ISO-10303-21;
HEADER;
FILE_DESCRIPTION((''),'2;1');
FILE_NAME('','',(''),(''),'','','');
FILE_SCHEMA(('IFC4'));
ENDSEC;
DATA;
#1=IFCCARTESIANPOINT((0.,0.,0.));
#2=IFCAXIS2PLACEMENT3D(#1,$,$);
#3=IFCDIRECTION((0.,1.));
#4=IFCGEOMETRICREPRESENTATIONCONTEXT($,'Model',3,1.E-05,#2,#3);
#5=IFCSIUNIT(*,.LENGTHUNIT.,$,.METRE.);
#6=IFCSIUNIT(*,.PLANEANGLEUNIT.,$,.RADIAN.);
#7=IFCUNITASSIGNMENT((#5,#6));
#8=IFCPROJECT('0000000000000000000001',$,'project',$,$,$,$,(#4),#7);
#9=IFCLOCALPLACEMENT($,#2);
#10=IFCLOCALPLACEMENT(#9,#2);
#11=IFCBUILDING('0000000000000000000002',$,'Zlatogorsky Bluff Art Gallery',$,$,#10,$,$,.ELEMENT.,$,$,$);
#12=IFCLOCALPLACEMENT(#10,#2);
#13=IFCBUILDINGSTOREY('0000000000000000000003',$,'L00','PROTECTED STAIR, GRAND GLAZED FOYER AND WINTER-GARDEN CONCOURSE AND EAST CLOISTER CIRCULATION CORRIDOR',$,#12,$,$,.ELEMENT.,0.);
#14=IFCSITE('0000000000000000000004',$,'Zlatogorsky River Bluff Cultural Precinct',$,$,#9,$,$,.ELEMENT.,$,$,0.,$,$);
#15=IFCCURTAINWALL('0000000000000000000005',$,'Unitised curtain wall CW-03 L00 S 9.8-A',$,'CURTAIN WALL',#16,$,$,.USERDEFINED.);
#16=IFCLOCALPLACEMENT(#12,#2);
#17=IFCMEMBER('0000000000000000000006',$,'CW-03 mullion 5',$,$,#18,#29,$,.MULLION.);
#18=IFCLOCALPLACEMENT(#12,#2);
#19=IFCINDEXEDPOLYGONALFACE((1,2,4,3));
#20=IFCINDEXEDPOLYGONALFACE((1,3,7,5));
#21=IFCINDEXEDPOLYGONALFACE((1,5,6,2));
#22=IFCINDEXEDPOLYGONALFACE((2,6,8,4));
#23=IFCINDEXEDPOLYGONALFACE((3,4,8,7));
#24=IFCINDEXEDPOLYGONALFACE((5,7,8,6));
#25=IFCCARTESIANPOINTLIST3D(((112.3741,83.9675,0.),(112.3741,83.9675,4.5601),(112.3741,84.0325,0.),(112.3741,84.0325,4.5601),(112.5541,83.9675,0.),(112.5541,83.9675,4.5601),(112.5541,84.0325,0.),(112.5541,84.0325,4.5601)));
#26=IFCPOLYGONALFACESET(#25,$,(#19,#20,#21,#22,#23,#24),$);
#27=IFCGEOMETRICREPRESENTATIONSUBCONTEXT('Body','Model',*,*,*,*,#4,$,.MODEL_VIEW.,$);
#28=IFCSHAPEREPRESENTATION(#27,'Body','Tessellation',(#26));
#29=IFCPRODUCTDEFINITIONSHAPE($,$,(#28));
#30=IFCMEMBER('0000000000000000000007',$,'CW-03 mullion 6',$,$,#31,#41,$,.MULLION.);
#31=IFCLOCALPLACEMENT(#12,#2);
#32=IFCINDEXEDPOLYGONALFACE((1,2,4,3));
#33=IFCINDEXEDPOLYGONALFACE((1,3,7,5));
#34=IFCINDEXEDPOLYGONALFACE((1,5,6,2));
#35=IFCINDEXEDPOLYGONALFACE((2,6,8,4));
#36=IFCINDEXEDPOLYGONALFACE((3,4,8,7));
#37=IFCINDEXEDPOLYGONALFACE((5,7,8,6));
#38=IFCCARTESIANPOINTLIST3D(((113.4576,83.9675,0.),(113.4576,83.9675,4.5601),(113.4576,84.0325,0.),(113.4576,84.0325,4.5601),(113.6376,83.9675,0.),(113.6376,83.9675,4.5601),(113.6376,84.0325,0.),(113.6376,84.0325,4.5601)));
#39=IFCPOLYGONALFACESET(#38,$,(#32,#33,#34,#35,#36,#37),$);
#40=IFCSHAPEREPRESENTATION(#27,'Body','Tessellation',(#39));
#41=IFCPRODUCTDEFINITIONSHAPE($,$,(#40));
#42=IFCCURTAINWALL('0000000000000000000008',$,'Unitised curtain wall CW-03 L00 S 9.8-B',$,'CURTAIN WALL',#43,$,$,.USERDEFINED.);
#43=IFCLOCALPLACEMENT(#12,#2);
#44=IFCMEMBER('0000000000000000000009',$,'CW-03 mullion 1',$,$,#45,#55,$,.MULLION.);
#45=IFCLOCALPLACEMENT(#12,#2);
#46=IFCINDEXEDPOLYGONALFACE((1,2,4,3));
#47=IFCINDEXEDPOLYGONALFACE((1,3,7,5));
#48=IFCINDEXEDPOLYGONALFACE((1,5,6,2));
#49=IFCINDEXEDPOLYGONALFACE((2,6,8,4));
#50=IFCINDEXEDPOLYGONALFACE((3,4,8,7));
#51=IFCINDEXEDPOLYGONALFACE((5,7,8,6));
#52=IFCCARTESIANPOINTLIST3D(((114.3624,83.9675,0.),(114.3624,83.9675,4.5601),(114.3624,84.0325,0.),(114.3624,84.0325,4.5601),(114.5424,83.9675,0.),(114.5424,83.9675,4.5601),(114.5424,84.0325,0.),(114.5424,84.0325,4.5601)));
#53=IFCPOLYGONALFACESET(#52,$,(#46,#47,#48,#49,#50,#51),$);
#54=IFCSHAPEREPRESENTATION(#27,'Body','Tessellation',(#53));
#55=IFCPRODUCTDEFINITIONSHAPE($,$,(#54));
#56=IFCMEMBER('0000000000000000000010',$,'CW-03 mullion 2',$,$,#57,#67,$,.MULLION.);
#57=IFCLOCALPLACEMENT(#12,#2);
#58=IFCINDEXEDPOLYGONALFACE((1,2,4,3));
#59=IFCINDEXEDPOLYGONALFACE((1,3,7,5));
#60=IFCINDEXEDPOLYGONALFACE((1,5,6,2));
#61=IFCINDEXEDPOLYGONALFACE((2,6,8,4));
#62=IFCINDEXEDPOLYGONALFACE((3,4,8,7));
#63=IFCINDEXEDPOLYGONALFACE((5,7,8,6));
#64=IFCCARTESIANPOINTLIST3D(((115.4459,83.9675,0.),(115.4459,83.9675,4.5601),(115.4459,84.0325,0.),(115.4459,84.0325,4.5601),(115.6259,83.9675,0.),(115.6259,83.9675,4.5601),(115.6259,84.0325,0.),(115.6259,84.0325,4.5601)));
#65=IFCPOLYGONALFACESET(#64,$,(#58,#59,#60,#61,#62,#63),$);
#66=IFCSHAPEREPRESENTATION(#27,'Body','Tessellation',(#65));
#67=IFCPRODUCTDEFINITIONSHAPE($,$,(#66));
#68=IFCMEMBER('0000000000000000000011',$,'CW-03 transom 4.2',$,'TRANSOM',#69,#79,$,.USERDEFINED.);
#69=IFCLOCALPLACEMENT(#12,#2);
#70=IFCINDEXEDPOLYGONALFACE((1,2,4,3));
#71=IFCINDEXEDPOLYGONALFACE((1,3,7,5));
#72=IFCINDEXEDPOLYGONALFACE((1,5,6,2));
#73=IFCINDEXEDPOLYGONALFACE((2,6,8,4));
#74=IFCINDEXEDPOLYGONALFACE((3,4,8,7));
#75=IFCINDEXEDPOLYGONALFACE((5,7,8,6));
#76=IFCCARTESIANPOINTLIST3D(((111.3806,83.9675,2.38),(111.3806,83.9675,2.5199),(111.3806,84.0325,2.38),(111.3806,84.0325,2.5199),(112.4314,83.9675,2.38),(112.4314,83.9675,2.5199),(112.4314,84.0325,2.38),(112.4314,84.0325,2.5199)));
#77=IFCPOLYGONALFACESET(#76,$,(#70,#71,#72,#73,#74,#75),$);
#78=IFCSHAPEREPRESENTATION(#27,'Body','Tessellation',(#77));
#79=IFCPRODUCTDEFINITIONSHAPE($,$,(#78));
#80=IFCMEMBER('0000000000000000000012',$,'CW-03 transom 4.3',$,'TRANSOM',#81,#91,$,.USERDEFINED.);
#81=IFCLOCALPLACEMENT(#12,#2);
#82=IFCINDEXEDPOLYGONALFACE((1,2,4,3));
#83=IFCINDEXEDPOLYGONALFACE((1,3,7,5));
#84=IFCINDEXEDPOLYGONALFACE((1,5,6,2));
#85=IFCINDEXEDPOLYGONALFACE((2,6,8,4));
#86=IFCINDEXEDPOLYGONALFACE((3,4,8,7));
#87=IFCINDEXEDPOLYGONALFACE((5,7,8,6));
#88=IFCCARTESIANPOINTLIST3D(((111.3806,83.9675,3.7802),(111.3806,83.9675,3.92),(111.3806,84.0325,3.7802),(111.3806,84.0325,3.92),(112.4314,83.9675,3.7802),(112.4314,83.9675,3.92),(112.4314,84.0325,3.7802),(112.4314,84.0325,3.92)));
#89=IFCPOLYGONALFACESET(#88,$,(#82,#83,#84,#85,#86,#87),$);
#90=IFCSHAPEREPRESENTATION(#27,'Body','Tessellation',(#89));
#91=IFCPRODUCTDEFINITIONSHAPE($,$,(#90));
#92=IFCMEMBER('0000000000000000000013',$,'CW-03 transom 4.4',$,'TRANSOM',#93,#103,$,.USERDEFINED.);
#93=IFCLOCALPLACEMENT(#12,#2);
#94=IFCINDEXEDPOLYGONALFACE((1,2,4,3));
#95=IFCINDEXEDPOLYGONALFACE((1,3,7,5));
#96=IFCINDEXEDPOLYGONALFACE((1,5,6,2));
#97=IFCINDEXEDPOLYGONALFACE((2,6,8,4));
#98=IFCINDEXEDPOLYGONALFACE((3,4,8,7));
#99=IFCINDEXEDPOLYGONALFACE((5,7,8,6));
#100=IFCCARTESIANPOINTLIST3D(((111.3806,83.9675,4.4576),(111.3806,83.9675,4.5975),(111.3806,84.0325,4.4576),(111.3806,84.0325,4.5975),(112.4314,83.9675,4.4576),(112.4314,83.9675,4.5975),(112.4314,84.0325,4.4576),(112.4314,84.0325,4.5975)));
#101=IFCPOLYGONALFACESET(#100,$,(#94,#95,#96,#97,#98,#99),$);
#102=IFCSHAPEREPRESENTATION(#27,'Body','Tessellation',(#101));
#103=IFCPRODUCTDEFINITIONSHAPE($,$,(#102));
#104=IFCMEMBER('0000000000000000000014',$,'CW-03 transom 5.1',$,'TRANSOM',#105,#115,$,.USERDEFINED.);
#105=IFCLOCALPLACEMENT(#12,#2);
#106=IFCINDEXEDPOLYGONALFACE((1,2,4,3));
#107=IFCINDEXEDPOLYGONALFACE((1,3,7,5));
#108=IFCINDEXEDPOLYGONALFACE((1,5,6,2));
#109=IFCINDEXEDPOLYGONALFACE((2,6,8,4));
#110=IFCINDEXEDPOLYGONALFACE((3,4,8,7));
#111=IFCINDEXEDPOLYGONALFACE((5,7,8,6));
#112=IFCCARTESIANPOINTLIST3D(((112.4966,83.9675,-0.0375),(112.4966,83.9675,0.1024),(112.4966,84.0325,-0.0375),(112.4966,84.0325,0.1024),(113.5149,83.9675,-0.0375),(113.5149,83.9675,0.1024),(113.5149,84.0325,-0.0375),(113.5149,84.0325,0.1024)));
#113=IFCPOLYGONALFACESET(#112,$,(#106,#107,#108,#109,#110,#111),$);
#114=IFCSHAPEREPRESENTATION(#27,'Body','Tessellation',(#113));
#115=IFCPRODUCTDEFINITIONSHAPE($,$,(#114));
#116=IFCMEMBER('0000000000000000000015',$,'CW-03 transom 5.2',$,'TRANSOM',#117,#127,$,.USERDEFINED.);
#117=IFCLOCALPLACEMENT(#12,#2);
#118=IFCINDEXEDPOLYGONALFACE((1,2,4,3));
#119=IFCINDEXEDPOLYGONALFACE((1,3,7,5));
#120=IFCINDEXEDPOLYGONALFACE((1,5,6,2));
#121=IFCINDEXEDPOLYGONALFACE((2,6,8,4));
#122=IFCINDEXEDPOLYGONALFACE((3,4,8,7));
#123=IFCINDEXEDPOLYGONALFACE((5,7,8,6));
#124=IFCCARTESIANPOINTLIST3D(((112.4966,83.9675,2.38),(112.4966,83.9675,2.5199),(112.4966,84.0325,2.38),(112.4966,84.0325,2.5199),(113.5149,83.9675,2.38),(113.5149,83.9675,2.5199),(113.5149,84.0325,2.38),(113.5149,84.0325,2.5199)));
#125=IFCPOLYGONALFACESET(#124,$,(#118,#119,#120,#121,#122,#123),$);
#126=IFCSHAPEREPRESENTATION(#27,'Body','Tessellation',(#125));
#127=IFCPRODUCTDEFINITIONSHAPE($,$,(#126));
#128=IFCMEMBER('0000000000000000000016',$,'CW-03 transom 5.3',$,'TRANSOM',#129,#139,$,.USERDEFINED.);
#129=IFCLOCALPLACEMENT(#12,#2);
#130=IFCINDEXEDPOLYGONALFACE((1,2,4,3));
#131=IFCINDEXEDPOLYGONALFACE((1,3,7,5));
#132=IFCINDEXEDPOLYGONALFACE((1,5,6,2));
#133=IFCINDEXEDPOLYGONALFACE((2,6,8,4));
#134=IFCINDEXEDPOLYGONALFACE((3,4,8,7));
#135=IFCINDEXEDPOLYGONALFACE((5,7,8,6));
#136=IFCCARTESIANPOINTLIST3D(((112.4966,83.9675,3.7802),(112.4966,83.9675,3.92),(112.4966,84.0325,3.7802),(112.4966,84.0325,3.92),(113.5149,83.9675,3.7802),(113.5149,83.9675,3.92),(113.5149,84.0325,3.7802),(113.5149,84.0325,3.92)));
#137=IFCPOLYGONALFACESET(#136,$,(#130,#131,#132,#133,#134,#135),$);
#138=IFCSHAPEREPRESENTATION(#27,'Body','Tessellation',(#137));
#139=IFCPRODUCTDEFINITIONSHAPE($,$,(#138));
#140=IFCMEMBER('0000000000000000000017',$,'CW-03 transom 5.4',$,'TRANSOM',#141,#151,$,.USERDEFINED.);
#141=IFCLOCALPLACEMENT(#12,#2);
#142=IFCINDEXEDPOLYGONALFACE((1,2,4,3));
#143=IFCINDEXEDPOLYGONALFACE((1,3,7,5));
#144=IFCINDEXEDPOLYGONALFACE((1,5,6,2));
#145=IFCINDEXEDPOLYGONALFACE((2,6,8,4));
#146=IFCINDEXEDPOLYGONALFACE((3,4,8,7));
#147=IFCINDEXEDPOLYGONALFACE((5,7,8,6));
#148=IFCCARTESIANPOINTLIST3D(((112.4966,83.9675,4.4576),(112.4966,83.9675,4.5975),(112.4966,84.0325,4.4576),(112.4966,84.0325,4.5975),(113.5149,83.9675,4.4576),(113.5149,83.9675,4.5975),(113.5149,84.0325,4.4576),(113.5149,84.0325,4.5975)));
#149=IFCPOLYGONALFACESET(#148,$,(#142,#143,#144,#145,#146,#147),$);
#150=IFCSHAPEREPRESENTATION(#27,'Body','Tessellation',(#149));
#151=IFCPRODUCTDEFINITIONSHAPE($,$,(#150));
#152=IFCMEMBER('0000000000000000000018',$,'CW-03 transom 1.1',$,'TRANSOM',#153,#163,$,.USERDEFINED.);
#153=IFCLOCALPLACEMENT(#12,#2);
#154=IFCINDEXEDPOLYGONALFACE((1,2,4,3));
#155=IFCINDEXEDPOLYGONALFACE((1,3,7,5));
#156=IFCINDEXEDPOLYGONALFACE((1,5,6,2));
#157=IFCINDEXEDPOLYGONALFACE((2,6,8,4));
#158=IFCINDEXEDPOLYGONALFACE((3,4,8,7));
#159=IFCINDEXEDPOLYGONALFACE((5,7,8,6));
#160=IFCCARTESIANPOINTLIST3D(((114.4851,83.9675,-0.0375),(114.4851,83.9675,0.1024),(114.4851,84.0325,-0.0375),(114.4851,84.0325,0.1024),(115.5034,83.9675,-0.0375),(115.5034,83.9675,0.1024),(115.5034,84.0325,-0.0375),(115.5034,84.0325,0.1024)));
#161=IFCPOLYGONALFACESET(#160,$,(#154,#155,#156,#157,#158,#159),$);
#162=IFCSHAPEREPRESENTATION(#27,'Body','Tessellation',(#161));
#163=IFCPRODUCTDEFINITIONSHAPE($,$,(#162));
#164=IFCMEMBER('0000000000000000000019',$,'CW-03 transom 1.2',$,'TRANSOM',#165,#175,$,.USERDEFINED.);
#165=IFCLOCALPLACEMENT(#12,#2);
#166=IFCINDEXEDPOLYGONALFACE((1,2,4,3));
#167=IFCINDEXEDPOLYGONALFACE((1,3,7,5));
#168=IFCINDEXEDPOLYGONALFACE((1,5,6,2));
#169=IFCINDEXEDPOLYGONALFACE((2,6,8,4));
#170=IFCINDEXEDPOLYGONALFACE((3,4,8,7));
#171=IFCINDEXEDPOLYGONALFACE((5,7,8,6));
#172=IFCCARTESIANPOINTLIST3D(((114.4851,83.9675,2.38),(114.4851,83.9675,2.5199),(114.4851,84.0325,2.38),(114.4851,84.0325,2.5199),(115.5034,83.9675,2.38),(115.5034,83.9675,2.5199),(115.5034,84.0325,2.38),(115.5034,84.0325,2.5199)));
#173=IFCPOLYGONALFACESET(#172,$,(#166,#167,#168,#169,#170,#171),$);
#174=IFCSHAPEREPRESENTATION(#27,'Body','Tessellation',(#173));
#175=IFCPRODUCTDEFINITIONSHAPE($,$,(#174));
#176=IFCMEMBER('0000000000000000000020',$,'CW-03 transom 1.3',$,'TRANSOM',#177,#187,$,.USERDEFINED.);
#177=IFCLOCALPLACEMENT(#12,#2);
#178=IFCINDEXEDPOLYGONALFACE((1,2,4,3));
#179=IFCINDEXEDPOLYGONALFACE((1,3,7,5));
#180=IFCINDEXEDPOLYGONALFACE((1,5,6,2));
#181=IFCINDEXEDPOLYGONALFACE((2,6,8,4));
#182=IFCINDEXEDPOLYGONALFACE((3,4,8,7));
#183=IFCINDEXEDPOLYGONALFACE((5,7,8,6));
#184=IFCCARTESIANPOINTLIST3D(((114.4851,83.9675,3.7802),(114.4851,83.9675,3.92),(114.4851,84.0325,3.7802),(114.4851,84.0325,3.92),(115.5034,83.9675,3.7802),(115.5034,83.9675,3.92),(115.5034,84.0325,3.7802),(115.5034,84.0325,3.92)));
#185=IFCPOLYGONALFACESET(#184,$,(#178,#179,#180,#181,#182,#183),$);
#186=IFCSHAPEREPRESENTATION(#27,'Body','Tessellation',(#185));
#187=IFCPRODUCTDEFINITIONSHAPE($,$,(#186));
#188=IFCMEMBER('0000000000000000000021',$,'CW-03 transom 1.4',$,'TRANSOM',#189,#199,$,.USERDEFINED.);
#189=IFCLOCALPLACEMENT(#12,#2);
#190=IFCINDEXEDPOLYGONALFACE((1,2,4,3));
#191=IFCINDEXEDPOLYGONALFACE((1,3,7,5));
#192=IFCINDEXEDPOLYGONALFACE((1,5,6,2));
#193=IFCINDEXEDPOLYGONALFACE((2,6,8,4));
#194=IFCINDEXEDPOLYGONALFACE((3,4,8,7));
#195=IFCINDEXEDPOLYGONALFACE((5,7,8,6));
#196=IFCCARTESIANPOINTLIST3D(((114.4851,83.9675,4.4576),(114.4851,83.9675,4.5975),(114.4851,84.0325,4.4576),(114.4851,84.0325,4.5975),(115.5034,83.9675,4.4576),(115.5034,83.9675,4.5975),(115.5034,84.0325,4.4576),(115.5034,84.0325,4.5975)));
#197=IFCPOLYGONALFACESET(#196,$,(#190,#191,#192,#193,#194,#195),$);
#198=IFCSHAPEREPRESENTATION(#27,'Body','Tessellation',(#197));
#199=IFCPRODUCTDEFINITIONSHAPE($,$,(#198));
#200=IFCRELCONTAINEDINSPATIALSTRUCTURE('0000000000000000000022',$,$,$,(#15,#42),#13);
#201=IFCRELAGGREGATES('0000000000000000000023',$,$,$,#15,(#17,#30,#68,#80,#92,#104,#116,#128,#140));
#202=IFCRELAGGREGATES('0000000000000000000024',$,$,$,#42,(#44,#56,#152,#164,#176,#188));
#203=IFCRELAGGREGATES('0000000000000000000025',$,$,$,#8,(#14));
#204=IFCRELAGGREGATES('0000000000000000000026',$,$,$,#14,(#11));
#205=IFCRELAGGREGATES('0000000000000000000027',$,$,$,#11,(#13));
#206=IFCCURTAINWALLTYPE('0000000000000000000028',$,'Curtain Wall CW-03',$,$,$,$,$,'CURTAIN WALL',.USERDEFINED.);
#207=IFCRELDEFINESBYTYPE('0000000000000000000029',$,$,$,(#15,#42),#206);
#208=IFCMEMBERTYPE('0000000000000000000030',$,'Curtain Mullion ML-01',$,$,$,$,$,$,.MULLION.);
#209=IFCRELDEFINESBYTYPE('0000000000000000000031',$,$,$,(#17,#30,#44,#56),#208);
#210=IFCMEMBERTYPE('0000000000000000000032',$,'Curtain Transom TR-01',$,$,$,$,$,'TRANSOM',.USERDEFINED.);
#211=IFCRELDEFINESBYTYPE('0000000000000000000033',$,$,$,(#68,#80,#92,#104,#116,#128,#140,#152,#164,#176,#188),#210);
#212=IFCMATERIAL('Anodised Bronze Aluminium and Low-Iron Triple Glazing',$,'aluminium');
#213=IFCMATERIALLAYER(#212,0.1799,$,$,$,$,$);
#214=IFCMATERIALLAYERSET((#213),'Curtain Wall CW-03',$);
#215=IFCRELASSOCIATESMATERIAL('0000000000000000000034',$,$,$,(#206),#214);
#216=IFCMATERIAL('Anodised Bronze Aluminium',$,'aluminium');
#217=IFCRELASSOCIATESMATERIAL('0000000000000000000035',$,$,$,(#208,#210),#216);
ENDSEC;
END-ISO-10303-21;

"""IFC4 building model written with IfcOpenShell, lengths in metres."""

from ifc_helpers import new_model, si_unit, direction, frame, origin, origin_2d, place, context, subcontext, project, spatial, rectangle, extrude, material, layer, layer_set, material_profile, profile_set, type_object, element, aggregate, save


model = new_model("IFC4")

# Units and contexts
model_context = context("Model", 3, precision=1e-05, world=origin(), true_north=direction((0.0, 1.0)))
body_context = subcontext(model_context, "Body", "Model", "MODEL_VIEW")
ifc_project = project(units=[si_unit("LENGTHUNIT", "METRE"), si_unit("PLANEANGLEUNIT", "RADIAN")], contexts=[model_context])

# Site, building, storey
site_placement = place(None, origin())
site = spatial("IfcSite", under=ifc_project, at=site_placement, Name="Zlatogorsky River Bluff Cultural Precinct", CompositionType="ELEMENT", RefElevation=0.0)
building_placement = place(site_placement, origin())
building = spatial("IfcBuilding", under=site, at=building_placement, Name="Zlatogorsky Bluff Art Gallery", CompositionType="ELEMENT")
storey_placement = place(building_placement, origin())
storey = spatial("IfcBuildingStorey", under=building, at=storey_placement, Name="L00", Description="PROTECTED STAIR, GRAND GLAZED FOYER AND WINTER-GARDEN CONCOURSE AND EAST CLOISTER CIRCULATION CORRIDOR", CompositionType="ELEMENT", Elevation=0.0)

# Curtain walls, members
ifc_material_1 = material(Name="Anodised Bronze Aluminium and Low-Iron Triple Glazing", Category="aluminium")
ifc_layer_1 = layer(ifc_material_1, 0.1799)
ifc_layer_set_1 = layer_set([ifc_layer_1], Name="Curtain Wall CW-03")
curtain_wall_type = type_object("IfcCurtainWallType", Name="Curtain Wall CW-03", ElementType="CURTAIN WALL", PredefinedType="USERDEFINED", material=ifc_layer_set_1)
curtain_wall_1_placement = place(storey_placement, origin())
curtain_wall_1 = element("IfcCurtainWall", 1, at=curtain_wall_1_placement, inside=storey, type_object=curtain_wall_type, Name="Unitised curtain wall CW-03 L00 S 9.8-A", ObjectType="CURTAIN WALL", PredefinedType="USERDEFINED")
ifc_material_2 = material(Name="Anodised Bronze Aluminium", Category="aluminium")
ifc_material_profile_1 = material_profile(ifc_material_2, rectangle(XDim=0.0649, YDim=0.1799, at=origin_2d()), Name="ALU MULLION 65x180")
ifc_profile_set_1 = profile_set([ifc_material_profile_1], Name="Anodised Bronze Aluminium")
member_type_1 = type_object("IfcMemberType", Name="Curtain Mullion ML-01", PredefinedType="MULLION", material=ifc_profile_set_1)
member_1_placement = place(storey_placement, frame((112.4641, 84.0, 0.0), z_axis=(0.0, 0.0, 1.0), x_axis=(0.0, 1.0, 0.0)))
member_1 = element("IfcMember", 2, at=member_1_placement, type_object=member_type_1, Name="CW-03 mullion 5", PredefinedType="MULLION", context=body_context, shape_type="SweptSolid", body=[
    extrude(rectangle(XDim=0.0649, YDim=0.1799, at=origin_2d()), origin(), (0.0, 0.0, 1.0), 4.5601),
])
member_2_placement = place(storey_placement, frame((113.5476, 84.0, 0.0), z_axis=(0.0, 0.0, 1.0), x_axis=(0.0, 1.0, 0.0)))
member_2 = element("IfcMember", 3, at=member_2_placement, type_object=member_type_1, Name="CW-03 mullion 6", PredefinedType="MULLION", context=body_context, shape_type="SweptSolid", body=[
    extrude(rectangle(XDim=0.0649, YDim=0.1799, at=origin_2d()), origin(), (0.0, 0.0, 1.0), 4.5601),
])
curtain_wall_2_placement = place(storey_placement, origin())
curtain_wall_2 = element("IfcCurtainWall", 4, at=curtain_wall_2_placement, inside=storey, type_object=curtain_wall_type, Name="Unitised curtain wall CW-03 L00 S 9.8-B", ObjectType="CURTAIN WALL", PredefinedType="USERDEFINED")
member_3_placement = place(storey_placement, frame((114.4524, 84.0, 0.0), z_axis=(0.0, 0.0, 1.0), x_axis=(0.0, 1.0, 0.0)))
member_3 = element("IfcMember", 5, at=member_3_placement, type_object=member_type_1, Name="CW-03 mullion 1", PredefinedType="MULLION", context=body_context, shape_type="SweptSolid", body=[
    extrude(rectangle(XDim=0.0649, YDim=0.1799, at=origin_2d()), origin(), (0.0, 0.0, 1.0), 4.5601),
])
member_4_placement = place(storey_placement, frame((115.5359, 84.0, 0.0), z_axis=(0.0, 0.0, 1.0), x_axis=(0.0, 1.0, 0.0)))
member_4 = element("IfcMember", 6, at=member_4_placement, type_object=member_type_1, Name="CW-03 mullion 2", PredefinedType="MULLION", context=body_context, shape_type="SweptSolid", body=[
    extrude(rectangle(XDim=0.0649, YDim=0.1799, at=origin_2d()), origin(), (0.0, 0.0, 1.0), 4.5601),
])

# Members
ifc_material_profile_2 = material_profile(ifc_material_2, rectangle(XDim=0.0649, YDim=0.1399, at=origin_2d()), Name="ALU TRANSOM 65x140")
ifc_profile_set_2 = profile_set([ifc_material_profile_2], Name="Anodised Bronze Aluminium")
member_type_2 = type_object("IfcMemberType", Name="Curtain Transom TR-01", ElementType="TRANSOM", PredefinedType="USERDEFINED", material=ifc_profile_set_2)
member_5_placement = place(storey_placement, frame((111.3806, 84.0, 2.45), z_axis=(1.0, 0.0, 0.0), x_axis=(0.0, 1.0, 0.0)))
member_5 = element("IfcMember", 7, at=member_5_placement, type_object=member_type_2, Name="CW-03 transom 4.2", ObjectType="TRANSOM", PredefinedType="USERDEFINED", context=body_context, shape_type="SweptSolid", body=[
    extrude(rectangle(XDim=0.0649, YDim=0.1399, at=origin_2d()), origin(), (0.0, 0.0, 1.0), 1.0508),
])
member_6_placement = place(storey_placement, frame((111.3806, 84.0, 3.8501), z_axis=(1.0, 0.0, 0.0), x_axis=(0.0, 1.0, 0.0)))
member_6 = element("IfcMember", 8, at=member_6_placement, type_object=member_type_2, Name="CW-03 transom 4.3", ObjectType="TRANSOM", PredefinedType="USERDEFINED", context=body_context, shape_type="SweptSolid", body=[
    extrude(rectangle(XDim=0.0649, YDim=0.1399, at=origin_2d()), origin(), (0.0, 0.0, 1.0), 1.0508),
])
member_7_placement = place(storey_placement, frame((111.3806, 84.0, 4.5276), z_axis=(1.0, 0.0, 0.0), x_axis=(0.0, 1.0, 0.0)))
member_7 = element("IfcMember", 9, at=member_7_placement, type_object=member_type_2, Name="CW-03 transom 4.4", ObjectType="TRANSOM", PredefinedType="USERDEFINED", context=body_context, shape_type="SweptSolid", body=[
    extrude(rectangle(XDim=0.0649, YDim=0.1399, at=origin_2d()), origin(), (0.0, 0.0, 1.0), 1.0508),
])
member_8_placement = place(storey_placement, frame((112.4966, 84.0, 0.0325), z_axis=(1.0, 0.0, 0.0), x_axis=(0.0, 1.0, 0.0)))
member_8 = element("IfcMember", 10, at=member_8_placement, type_object=member_type_2, Name="CW-03 transom 5.1", ObjectType="TRANSOM", PredefinedType="USERDEFINED", context=body_context, shape_type="SweptSolid", body=[
    extrude(rectangle(XDim=0.0649, YDim=0.1399, at=origin_2d()), origin(), (0.0, 0.0, 1.0), 1.0183),
])
member_9_placement = place(storey_placement, frame((112.4966, 84.0, 2.45), z_axis=(1.0, 0.0, 0.0), x_axis=(0.0, 1.0, 0.0)))
member_9 = element("IfcMember", 11, at=member_9_placement, type_object=member_type_2, Name="CW-03 transom 5.2", ObjectType="TRANSOM", PredefinedType="USERDEFINED", context=body_context, shape_type="SweptSolid", body=[
    extrude(rectangle(XDim=0.0649, YDim=0.1399, at=origin_2d()), origin(), (0.0, 0.0, 1.0), 1.0183),
])
member_10_placement = place(storey_placement, frame((112.4966, 84.0, 3.8501), z_axis=(1.0, 0.0, 0.0), x_axis=(0.0, 1.0, 0.0)))
member_10 = element("IfcMember", 12, at=member_10_placement, type_object=member_type_2, Name="CW-03 transom 5.3", ObjectType="TRANSOM", PredefinedType="USERDEFINED", context=body_context, shape_type="SweptSolid", body=[
    extrude(rectangle(XDim=0.0649, YDim=0.1399, at=origin_2d()), origin(), (0.0, 0.0, 1.0), 1.0183),
])
member_11_placement = place(storey_placement, frame((112.4966, 84.0, 4.5276), z_axis=(1.0, 0.0, 0.0), x_axis=(0.0, 1.0, 0.0)))
member_11 = element("IfcMember", 13, at=member_11_placement, type_object=member_type_2, Name="CW-03 transom 5.4", ObjectType="TRANSOM", PredefinedType="USERDEFINED", context=body_context, shape_type="SweptSolid", body=[
    extrude(rectangle(XDim=0.0649, YDim=0.1399, at=origin_2d()), origin(), (0.0, 0.0, 1.0), 1.0183),
])
member_12_placement = place(storey_placement, frame((114.4851, 84.0, 0.0325), z_axis=(1.0, 0.0, 0.0), x_axis=(0.0, 1.0, 0.0)))
member_12 = element("IfcMember", 14, at=member_12_placement, type_object=member_type_2, Name="CW-03 transom 1.1", ObjectType="TRANSOM", PredefinedType="USERDEFINED", context=body_context, shape_type="SweptSolid", body=[
    extrude(rectangle(XDim=0.0649, YDim=0.1399, at=origin_2d()), origin(), (0.0, 0.0, 1.0), 1.0183),
])
member_13_placement = place(storey_placement, frame((114.4851, 84.0, 2.45), z_axis=(1.0, 0.0, 0.0), x_axis=(0.0, 1.0, 0.0)))
member_13 = element("IfcMember", 15, at=member_13_placement, type_object=member_type_2, Name="CW-03 transom 1.2", ObjectType="TRANSOM", PredefinedType="USERDEFINED", context=body_context, shape_type="SweptSolid", body=[
    extrude(rectangle(XDim=0.0649, YDim=0.1399, at=origin_2d()), origin(), (0.0, 0.0, 1.0), 1.0183),
])
member_14_placement = place(storey_placement, frame((114.4851, 84.0, 3.8501), z_axis=(1.0, 0.0, 0.0), x_axis=(0.0, 1.0, 0.0)))
member_14 = element("IfcMember", 16, at=member_14_placement, type_object=member_type_2, Name="CW-03 transom 1.3", ObjectType="TRANSOM", PredefinedType="USERDEFINED", context=body_context, shape_type="SweptSolid", body=[
    extrude(rectangle(XDim=0.0649, YDim=0.1399, at=origin_2d()), origin(), (0.0, 0.0, 1.0), 1.0183),
])
member_15_placement = place(storey_placement, frame((114.4851, 84.0, 4.5276), z_axis=(1.0, 0.0, 0.0), x_axis=(0.0, 1.0, 0.0)))
member_15 = element("IfcMember", 17, at=member_15_placement, type_object=member_type_2, Name="CW-03 transom 1.4", ObjectType="TRANSOM", PredefinedType="USERDEFINED", context=body_context, shape_type="SweptSolid", body=[
    extrude(rectangle(XDim=0.0649, YDim=0.1399, at=origin_2d()), origin(), (0.0, 0.0, 1.0), 1.0183),
])

aggregate(curtain_wall_1, [member_1, member_2, member_5, member_6, member_7, member_8, member_9, member_10, member_11])
aggregate(curtain_wall_2, [member_3, member_4, member_12, member_13, member_14, member_15])

save(model, "model.ifc")
